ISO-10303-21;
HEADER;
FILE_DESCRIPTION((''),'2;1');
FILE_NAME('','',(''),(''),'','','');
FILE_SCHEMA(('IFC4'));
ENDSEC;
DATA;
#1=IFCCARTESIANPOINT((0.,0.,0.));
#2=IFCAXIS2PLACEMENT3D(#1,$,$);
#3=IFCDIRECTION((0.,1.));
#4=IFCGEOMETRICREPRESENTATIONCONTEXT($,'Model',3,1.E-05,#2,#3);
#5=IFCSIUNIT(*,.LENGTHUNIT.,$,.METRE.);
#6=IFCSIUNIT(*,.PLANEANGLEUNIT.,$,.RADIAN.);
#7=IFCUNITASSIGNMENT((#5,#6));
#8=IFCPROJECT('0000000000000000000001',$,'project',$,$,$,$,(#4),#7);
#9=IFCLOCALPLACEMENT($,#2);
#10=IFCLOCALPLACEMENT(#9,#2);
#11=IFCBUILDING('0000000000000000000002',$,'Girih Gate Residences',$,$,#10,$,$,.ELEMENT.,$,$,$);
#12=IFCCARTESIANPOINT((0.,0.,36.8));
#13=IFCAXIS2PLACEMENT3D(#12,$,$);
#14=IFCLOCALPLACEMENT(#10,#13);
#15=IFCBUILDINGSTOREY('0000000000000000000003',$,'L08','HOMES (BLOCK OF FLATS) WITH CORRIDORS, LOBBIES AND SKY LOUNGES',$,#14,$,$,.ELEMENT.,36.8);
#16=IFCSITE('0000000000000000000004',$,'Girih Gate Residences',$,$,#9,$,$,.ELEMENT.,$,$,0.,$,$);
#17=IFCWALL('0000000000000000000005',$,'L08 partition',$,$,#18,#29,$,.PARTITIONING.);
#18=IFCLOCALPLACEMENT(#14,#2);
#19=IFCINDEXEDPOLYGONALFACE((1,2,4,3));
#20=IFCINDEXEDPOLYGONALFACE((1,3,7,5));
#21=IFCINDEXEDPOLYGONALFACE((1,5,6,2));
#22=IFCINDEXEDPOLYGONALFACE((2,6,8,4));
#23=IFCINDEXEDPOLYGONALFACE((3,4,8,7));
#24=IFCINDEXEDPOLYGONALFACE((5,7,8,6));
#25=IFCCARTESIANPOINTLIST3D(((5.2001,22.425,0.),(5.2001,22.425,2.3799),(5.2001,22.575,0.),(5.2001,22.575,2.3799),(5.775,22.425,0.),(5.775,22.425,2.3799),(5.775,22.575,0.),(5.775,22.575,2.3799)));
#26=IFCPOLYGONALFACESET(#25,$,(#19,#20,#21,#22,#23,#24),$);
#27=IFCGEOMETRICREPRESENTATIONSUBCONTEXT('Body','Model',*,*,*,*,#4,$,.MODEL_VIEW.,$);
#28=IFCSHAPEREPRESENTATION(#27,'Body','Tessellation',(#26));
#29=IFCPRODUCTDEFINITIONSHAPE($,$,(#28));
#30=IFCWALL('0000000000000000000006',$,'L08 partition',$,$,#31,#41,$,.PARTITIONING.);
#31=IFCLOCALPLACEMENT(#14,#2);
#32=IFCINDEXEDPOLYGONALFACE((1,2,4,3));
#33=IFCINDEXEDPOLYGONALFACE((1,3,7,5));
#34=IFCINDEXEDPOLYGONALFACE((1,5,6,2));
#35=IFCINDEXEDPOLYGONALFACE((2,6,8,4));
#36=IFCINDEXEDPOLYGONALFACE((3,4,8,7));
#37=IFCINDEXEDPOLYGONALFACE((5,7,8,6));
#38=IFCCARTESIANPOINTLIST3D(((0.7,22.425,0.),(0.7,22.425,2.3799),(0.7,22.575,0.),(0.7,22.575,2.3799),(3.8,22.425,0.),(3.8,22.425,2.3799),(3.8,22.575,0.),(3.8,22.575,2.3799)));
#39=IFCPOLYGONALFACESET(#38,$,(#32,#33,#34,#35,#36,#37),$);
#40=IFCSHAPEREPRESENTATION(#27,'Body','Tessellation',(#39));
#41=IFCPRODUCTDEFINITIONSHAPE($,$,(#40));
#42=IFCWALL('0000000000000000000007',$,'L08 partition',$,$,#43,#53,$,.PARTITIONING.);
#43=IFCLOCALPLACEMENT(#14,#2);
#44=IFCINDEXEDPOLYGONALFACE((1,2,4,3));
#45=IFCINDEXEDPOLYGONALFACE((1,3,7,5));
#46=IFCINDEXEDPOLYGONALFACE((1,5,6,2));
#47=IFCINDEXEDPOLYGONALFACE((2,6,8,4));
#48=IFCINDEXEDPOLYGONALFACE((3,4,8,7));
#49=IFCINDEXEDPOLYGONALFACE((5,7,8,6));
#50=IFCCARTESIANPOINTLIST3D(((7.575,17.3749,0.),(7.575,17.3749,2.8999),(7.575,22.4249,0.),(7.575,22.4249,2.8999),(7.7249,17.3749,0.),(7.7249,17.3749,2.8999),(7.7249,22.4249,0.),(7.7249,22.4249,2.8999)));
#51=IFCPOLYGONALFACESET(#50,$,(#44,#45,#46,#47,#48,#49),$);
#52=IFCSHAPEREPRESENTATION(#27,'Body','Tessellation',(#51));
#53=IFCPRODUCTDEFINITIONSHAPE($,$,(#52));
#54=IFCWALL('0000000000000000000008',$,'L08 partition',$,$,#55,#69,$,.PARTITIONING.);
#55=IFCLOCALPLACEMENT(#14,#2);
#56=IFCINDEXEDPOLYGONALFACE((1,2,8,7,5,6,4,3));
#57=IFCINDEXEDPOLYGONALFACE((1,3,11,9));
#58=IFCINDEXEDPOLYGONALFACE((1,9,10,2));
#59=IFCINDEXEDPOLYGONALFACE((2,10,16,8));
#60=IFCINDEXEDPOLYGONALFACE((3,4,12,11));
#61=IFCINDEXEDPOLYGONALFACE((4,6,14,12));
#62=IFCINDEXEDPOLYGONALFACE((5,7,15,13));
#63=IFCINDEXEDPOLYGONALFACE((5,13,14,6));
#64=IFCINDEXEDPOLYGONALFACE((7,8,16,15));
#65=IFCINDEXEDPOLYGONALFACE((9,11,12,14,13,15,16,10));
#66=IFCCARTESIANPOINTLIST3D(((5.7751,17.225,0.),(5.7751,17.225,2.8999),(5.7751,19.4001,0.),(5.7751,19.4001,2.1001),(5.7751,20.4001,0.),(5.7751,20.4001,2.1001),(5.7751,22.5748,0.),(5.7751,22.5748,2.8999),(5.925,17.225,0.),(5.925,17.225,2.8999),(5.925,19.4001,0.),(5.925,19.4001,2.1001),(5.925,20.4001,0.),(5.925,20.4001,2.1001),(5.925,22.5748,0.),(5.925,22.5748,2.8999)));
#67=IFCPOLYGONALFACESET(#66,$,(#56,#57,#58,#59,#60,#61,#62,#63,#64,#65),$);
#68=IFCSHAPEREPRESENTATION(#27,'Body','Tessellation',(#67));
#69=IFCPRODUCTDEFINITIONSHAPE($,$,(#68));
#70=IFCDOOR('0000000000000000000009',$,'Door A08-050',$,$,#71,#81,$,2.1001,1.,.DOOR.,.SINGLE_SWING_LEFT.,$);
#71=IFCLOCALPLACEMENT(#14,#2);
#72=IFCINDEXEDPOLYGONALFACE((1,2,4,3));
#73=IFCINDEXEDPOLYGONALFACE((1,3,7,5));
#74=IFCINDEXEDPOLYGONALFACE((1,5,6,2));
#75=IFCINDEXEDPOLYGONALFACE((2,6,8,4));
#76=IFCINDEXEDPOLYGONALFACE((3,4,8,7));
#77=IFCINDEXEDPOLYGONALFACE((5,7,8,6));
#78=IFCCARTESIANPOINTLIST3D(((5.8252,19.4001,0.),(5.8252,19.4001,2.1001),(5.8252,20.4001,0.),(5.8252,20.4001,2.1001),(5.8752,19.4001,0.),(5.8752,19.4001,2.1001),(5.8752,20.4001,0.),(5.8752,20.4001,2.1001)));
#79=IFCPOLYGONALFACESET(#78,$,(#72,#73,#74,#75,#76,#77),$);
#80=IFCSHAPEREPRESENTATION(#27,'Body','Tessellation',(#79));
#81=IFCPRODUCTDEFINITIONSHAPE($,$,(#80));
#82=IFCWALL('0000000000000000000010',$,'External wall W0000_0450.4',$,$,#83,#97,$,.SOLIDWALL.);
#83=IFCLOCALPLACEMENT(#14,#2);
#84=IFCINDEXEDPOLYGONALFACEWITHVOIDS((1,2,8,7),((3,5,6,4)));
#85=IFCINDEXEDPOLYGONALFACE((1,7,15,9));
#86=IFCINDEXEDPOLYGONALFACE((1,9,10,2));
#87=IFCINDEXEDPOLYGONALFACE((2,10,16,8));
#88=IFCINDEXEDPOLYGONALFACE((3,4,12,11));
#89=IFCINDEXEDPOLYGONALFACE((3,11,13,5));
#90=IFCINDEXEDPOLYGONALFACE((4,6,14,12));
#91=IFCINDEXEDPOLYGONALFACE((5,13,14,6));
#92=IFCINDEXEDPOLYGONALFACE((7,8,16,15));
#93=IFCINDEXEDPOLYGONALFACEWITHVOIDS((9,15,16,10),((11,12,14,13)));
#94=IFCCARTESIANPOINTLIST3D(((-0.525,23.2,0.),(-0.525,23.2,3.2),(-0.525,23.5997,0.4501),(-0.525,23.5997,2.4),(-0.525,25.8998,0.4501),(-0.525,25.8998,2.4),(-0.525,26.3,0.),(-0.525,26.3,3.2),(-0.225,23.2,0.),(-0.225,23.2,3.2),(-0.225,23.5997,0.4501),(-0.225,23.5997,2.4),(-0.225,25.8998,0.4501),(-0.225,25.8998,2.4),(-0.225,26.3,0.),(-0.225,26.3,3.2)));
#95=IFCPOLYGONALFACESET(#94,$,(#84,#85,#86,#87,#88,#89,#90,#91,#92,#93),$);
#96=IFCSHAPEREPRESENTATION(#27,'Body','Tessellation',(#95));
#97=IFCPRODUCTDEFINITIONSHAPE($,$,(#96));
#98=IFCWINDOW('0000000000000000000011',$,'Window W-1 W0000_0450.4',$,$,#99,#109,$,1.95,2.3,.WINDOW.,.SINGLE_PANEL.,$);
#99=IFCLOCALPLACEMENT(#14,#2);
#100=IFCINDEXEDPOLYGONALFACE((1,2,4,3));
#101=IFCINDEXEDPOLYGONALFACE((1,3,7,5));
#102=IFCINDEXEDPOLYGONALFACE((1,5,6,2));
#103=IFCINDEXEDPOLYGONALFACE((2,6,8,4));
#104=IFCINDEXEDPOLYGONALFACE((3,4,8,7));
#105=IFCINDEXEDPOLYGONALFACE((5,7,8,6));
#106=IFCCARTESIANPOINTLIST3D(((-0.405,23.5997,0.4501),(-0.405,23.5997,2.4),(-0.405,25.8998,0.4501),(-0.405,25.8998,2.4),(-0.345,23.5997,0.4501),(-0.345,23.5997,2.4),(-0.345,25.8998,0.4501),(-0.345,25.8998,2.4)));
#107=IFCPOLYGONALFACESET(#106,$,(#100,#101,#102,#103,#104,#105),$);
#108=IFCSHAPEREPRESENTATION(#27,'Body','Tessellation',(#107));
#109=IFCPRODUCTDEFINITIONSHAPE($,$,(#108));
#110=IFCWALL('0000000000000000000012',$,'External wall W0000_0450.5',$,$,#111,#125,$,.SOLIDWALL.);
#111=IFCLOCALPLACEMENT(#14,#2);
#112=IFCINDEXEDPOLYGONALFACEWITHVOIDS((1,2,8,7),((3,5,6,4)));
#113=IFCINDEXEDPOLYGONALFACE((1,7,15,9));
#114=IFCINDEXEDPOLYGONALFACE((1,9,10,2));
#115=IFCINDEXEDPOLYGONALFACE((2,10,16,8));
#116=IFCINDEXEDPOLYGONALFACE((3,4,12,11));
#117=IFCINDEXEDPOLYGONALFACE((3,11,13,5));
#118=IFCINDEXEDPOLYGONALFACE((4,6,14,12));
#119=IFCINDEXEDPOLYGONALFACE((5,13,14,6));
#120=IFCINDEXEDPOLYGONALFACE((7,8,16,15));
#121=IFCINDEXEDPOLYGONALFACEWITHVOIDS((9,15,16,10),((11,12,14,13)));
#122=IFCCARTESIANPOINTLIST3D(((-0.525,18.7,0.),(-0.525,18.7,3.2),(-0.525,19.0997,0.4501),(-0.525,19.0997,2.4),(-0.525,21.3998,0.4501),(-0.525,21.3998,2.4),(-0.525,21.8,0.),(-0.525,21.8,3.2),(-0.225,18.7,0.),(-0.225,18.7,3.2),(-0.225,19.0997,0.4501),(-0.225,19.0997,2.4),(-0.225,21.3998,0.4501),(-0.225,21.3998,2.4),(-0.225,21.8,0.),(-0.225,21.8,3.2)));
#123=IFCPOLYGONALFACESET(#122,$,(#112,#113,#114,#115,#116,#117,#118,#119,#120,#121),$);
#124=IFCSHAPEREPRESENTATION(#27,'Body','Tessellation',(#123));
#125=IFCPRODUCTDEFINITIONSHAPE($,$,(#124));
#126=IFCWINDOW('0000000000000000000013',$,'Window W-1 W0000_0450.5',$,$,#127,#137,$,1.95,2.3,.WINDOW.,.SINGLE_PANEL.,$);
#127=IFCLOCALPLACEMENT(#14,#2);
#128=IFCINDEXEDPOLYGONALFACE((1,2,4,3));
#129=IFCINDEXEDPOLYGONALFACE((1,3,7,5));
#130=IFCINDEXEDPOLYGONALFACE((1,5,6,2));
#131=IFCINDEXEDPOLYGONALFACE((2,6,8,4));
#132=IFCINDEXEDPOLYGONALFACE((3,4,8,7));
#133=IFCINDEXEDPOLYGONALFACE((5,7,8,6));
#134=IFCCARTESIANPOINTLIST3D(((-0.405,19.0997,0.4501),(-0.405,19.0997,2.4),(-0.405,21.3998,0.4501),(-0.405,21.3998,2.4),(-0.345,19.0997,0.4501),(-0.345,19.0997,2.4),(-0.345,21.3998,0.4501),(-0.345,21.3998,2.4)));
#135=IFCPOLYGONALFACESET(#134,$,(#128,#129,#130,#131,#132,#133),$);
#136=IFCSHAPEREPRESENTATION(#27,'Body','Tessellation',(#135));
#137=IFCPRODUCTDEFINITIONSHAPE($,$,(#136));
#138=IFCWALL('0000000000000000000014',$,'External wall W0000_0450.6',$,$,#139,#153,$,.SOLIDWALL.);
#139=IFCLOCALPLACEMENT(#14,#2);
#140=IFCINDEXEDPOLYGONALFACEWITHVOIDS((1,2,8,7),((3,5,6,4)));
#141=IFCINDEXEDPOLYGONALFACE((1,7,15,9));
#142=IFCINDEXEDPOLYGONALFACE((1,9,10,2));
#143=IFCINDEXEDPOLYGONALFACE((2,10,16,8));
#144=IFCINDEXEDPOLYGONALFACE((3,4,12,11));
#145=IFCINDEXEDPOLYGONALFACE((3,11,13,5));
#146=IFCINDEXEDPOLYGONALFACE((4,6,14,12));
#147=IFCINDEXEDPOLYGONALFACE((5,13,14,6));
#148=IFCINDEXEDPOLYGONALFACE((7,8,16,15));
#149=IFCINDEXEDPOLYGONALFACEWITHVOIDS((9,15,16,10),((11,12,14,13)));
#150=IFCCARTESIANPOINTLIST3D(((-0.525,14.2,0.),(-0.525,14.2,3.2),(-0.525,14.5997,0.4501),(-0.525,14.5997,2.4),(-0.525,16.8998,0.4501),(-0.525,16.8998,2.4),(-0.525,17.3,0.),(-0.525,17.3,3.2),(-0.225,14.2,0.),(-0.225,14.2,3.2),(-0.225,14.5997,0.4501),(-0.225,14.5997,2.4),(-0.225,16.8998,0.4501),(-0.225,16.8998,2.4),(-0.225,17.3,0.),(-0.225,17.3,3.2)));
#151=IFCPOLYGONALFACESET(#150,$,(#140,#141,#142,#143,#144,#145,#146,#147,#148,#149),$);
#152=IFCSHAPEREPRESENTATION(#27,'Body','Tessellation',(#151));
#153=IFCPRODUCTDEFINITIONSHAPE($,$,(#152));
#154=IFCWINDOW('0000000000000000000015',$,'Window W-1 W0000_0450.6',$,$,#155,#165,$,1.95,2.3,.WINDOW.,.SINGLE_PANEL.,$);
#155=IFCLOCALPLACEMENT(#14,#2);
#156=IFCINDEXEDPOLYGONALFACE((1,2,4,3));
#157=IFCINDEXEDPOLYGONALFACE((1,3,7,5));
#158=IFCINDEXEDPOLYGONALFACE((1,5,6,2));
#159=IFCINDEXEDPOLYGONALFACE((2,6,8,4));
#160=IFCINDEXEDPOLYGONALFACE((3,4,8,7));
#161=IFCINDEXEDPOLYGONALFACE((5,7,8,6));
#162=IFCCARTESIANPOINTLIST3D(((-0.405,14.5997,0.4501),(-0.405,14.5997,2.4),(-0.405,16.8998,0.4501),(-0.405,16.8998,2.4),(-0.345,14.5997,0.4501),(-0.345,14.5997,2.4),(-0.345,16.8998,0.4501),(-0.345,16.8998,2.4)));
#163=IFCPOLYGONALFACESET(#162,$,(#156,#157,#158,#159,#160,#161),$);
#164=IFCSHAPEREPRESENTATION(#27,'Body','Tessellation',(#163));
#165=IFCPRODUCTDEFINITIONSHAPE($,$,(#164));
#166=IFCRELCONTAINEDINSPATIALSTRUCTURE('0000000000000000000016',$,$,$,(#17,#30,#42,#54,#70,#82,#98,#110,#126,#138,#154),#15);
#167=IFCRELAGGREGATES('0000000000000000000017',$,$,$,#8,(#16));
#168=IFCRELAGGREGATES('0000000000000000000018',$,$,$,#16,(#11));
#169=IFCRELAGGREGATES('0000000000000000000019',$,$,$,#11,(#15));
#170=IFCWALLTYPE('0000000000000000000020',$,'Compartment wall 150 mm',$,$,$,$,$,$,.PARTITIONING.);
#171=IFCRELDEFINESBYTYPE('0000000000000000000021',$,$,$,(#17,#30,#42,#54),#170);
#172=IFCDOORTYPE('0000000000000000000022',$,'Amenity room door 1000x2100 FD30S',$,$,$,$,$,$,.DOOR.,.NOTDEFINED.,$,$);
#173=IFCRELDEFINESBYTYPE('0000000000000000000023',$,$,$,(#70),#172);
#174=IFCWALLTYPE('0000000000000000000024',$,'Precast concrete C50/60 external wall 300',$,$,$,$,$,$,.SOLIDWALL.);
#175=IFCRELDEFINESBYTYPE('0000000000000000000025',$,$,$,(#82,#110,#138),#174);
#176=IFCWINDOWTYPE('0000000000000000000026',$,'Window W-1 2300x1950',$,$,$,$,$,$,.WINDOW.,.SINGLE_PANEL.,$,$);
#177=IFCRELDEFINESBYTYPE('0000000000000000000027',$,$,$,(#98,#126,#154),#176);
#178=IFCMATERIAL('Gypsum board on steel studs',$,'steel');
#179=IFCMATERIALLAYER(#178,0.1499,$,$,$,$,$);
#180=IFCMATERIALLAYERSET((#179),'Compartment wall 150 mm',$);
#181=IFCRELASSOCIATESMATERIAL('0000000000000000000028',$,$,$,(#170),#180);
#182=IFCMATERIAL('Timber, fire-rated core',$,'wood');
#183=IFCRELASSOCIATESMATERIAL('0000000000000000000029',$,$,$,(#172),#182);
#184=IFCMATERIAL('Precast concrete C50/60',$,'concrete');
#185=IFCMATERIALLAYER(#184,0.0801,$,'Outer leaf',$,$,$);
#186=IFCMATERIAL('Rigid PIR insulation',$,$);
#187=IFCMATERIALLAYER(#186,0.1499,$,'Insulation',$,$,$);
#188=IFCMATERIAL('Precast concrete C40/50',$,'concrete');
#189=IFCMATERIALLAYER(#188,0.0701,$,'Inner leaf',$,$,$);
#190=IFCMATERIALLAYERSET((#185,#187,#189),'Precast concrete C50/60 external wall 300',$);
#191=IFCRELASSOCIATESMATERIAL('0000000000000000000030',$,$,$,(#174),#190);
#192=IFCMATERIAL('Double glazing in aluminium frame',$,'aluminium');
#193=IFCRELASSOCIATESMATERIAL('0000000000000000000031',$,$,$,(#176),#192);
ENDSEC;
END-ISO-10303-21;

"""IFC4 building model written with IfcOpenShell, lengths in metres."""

from ifc_helpers import new_model, si_unit, direction, frame, frame_2d, origin, place, context, subcontext, project, spatial, rectangle, extrude, material, layer, layer_set, type_object, element, fill, save


model = new_model("IFC4")

# Units and contexts
model_context = context("Model", 3, precision=1e-05, world=origin(), true_north=direction((0.0, 1.0)))
body_context = subcontext(model_context, "Body", "Model", "MODEL_VIEW")
ifc_project = project(units=[si_unit("LENGTHUNIT", "METRE"), si_unit("PLANEANGLEUNIT", "RADIAN")], contexts=[model_context])

# Site, building, storey
site_placement = place(None, origin())
site = spatial("IfcSite", under=ifc_project, at=site_placement, Name="Girih Gate Residences", CompositionType="ELEMENT", RefElevation=0.0)
building_placement = place(site_placement, origin())
building = spatial("IfcBuilding", under=site, at=building_placement, Name="Girih Gate Residences", CompositionType="ELEMENT")
storey_placement = place(building_placement, frame((0.0, 0.0, 36.8)))
storey = spatial("IfcBuildingStorey", under=building, at=storey_placement, Name="L08", Description="HOMES (BLOCK OF FLATS) WITH CORRIDORS, LOBBIES AND SKY LOUNGES", CompositionType="ELEMENT", Elevation=36.8)

# Shared definitions
ifc_material_1 = material(Name="Gypsum board on steel studs", Category="steel")
ifc_layer_1 = layer(ifc_material_1, 0.1499)
ifc_layer_set_1 = layer_set([ifc_layer_1], Name="Compartment wall 150 mm")
wall_type_1 = type_object("IfcWallType", Name="Compartment wall 150 mm", PredefinedType="PARTITIONING", material=ifc_layer_set_1)

# Walls
wall_1_placement = place(storey_placement, frame((5.2, 22.5, 0.0), z_axis=(0.0, 0.0, 1.0), x_axis=(1.0, 0.0, 0.0)))
element("IfcWall", 1, at=wall_1_placement, inside=storey, type_object=wall_type_1, Name="L08 partition", PredefinedType="PARTITIONING", context=body_context, shape_type="SweptSolid", body=[
    extrude(rectangle(XDim=0.575, YDim=0.1499, at=frame_2d((0.2876, 0.0))), origin(), (0.0, 0.0, 1.0), 2.3799),
])
wall_2_placement = place(storey_placement, frame((0.7, 22.5, 0.0), z_axis=(0.0, 0.0, 1.0), x_axis=(1.0, 0.0, 0.0)))
element("IfcWall", 2, at=wall_2_placement, inside=storey, type_object=wall_type_1, Name="L08 partition", PredefinedType="PARTITIONING", context=body_context, shape_type="SweptSolid", body=[
    extrude(rectangle(XDim=3.1001, YDim=0.1499, at=frame_2d((1.55, 0.0))), origin(), (0.0, 0.0, 1.0), 2.3799),
])
wall_3_placement = place(storey_placement, frame((7.6499, 17.375, 0.0), z_axis=(0.0, 0.0, 1.0), x_axis=(0.0, 1.0, 0.0)))
element("IfcWall", 3, at=wall_3_placement, inside=storey, type_object=wall_type_1, Name="L08 partition", PredefinedType="PARTITIONING", context=body_context, shape_type="SweptSolid", body=[
    extrude(rectangle(XDim=5.05, YDim=0.1499, at=frame_2d((2.5249, 0.0))), origin(), (0.0, 0.0, 1.0), 2.8999),
])

# Wall, opening, door
wall_4_placement = place(storey_placement, frame((5.8501, 17.2251, 0.0), z_axis=(0.0, 0.0, 1.0), x_axis=(0.0, 1.0, 0.0)))
wall_4 = element("IfcWall", 4, at=wall_4_placement, inside=storey, type_object=wall_type_1, Name="L08 partition", PredefinedType="PARTITIONING", context=body_context, shape_type="SweptSolid", body=[
    extrude(rectangle(XDim=5.3499, YDim=0.1499, at=frame_2d((2.6748, 0.0))), origin(), (0.0, 0.0, 1.0), 2.8999),
])
opening_1_placement = place(wall_4_placement, frame((2.175, 0.0, 0.0)))
opening_1 = element("IfcOpeningElement", 5, at=opening_1_placement, cuts=wall_4, PredefinedType="OPENING", context=body_context, shape_type="SweptSolid", body=[
    extrude(rectangle(XDim=1.0, YDim=2.1001, at=frame_2d((0.5, 1.05))), frame((0.0, 0.085, 0.0), z_axis=(0.0, -1.0, 0.0), x_axis=(1.0, 0.0, 0.0)), (0.0, 0.0, 1.0), 0.1699),
])
ifc_material_2 = material(Name="Timber, fire-rated core", Category="wood")
door_type_1 = type_object("IfcDoorType", Name="Amenity room door 1000x2100 FD30S", OperationType="NOTDEFINED", PredefinedType="DOOR", material=ifc_material_2)
door_1_placement = place(opening_1_placement, origin())
door_1 = element("IfcDoor", 6, at=door_1_placement, inside=storey, type_object=door_type_1, Name="Door A08-050", OperationType="SINGLE_SWING_LEFT", OverallHeight=2.1001, OverallWidth=1.0, PredefinedType="DOOR", context=body_context, shape_type="SweptSolid", body=[
    extrude(rectangle(XDim=1.0, YDim=2.1001, at=frame_2d((0.5, 1.05))), frame((0.0, 0.0249, 0.0), z_axis=(0.0, -1.0, 0.0), x_axis=(1.0, 0.0, 0.0)), (0.0, 0.0, 1.0), 0.05),
])
fill(opening_1, door_1)

# Walls, openings, windows
ifc_material_3 = material(Name="Precast concrete C50/60", Category="concrete")
ifc_layer_2 = layer(ifc_material_3, 0.0801, Name="Outer leaf")
ifc_material_4 = material(Name="Rigid PIR insulation")
ifc_layer_3 = layer(ifc_material_4, 0.1499, Name="Insulation")
ifc_material_5 = material(Name="Precast concrete C40/50", Category="concrete")
ifc_layer_4 = layer(ifc_material_5, 0.0701, Name="Inner leaf")
ifc_layer_set_2 = layer_set([ifc_layer_2, ifc_layer_3, ifc_layer_4], Name="Precast concrete C50/60 external wall 300")
wall_type_2 = type_object("IfcWallType", Name="Precast concrete C50/60 external wall 300", PredefinedType="SOLIDWALL", material=ifc_layer_set_2)
wall_5_placement = place(storey_placement, frame((-0.375, 23.2, 0.0), z_axis=(0.0, 0.0, 1.0), x_axis=(0.0, 1.0, 0.0)))
wall_5 = element("IfcWall", 7, at=wall_5_placement, inside=storey, type_object=wall_type_2, Name="External wall W0000_0450.4", PredefinedType="SOLIDWALL", context=body_context, shape_type="SweptSolid", body=[
    extrude(rectangle(XDim=3.1001, YDim=0.3, at=frame_2d((1.55, 0.0))), origin(), (0.0, 0.0, 1.0), 3.2),
])
opening_2_placement = place(wall_5_placement, frame((0.3999, 0.0, 0.45)))
opening_2 = element("IfcOpeningElement", 8, at=opening_2_placement, cuts=wall_5, PredefinedType="OPENING", context=body_context, shape_type="SweptSolid", body=[
    extrude(rectangle(XDim=2.3, YDim=1.95, at=frame_2d((1.1499, 0.9751))), frame((0.0, 0.1599, 0.0), z_axis=(0.0, -1.0, 0.0), x_axis=(1.0, 0.0, 0.0)), (0.0, 0.0, 1.0), 0.3201),
])
ifc_material_6 = material(Name="Double glazing in aluminium frame", Category="aluminium")
window_type = type_object("IfcWindowType", Name="Window W-1 2300x1950", PartitioningType="SINGLE_PANEL", PredefinedType="WINDOW", material=ifc_material_6)
window_1_placement = place(opening_2_placement, origin())
window_1 = element("IfcWindow", 9, at=window_1_placement, inside=storey, type_object=window_type, Name="Window W-1 W0000_0450.4", OverallHeight=1.95, OverallWidth=2.3, PartitioningType="SINGLE_PANEL", PredefinedType="WINDOW", context=body_context, shape_type="SweptSolid", body=[
    extrude(rectangle(XDim=2.3, YDim=1.95, at=frame_2d((1.1499, 0.9751))), frame((0.0, 0.03, 0.0), z_axis=(0.0, -1.0, 0.0), x_axis=(1.0, 0.0, 0.0)), (0.0, 0.0, 1.0), 0.0601),
])
fill(opening_2, window_1)
wall_6_placement = place(storey_placement, frame((-0.375, 18.7, 0.0), z_axis=(0.0, 0.0, 1.0), x_axis=(0.0, 1.0, 0.0)))
wall_6 = element("IfcWall", 10, at=wall_6_placement, inside=storey, type_object=wall_type_2, Name="External wall W0000_0450.5", PredefinedType="SOLIDWALL", context=body_context, shape_type="SweptSolid", body=[
    extrude(rectangle(XDim=3.1001, YDim=0.3, at=frame_2d((1.55, 0.0))), origin(), (0.0, 0.0, 1.0), 3.2),
])
opening_3_placement = place(wall_6_placement, frame((0.3999, 0.0, 0.45)))
opening_3 = element("IfcOpeningElement", 11, at=opening_3_placement, cuts=wall_6, PredefinedType="OPENING", context=body_context, shape_type="SweptSolid", body=[
    extrude(rectangle(XDim=2.3, YDim=1.95, at=frame_2d((1.1499, 0.9751))), frame((0.0, 0.1599, 0.0), z_axis=(0.0, -1.0, 0.0), x_axis=(1.0, 0.0, 0.0)), (0.0, 0.0, 1.0), 0.3201),
])
window_2_placement = place(opening_3_placement, origin())
window_2 = element("IfcWindow", 12, at=window_2_placement, inside=storey, type_object=window_type, Name="Window W-1 W0000_0450.5", OverallHeight=1.95, OverallWidth=2.3, PartitioningType="SINGLE_PANEL", PredefinedType="WINDOW", context=body_context, shape_type="SweptSolid", body=[
    extrude(rectangle(XDim=2.3, YDim=1.95, at=frame_2d((1.1499, 0.9751))), frame((0.0, 0.03, 0.0), z_axis=(0.0, -1.0, 0.0), x_axis=(1.0, 0.0, 0.0)), (0.0, 0.0, 1.0), 0.0601),
])
fill(opening_3, window_2)
wall_7_placement = place(storey_placement, frame((-0.375, 14.2, 0.0), z_axis=(0.0, 0.0, 1.0), x_axis=(0.0, 1.0, 0.0)))
wall_7 = element("IfcWall", 13, at=wall_7_placement, inside=storey, type_object=wall_type_2, Name="External wall W0000_0450.6", PredefinedType="SOLIDWALL", context=body_context, shape_type="SweptSolid", body=[
    extrude(rectangle(XDim=3.1001, YDim=0.3, at=frame_2d((1.55, 0.0))), origin(), (0.0, 0.0, 1.0), 3.2),
])
opening_4_placement = place(wall_7_placement, frame((0.3999, 0.0, 0.45)))
opening_4 = element("IfcOpeningElement", 14, at=opening_4_placement, cuts=wall_7, PredefinedType="OPENING", context=body_context, shape_type="SweptSolid", body=[
    extrude(rectangle(XDim=2.3, YDim=1.95, at=frame_2d((1.1499, 0.9751))), frame((0.0, 0.1599, 0.0), z_axis=(0.0, -1.0, 0.0), x_axis=(1.0, 0.0, 0.0)), (0.0, 0.0, 1.0), 0.3201),
])
window_3_placement = place(opening_4_placement, origin())
window_3 = element("IfcWindow", 15, at=window_3_placement, inside=storey, type_object=window_type, Name="Window W-1 W0000_0450.6", OverallHeight=1.95, OverallWidth=2.3, PartitioningType="SINGLE_PANEL", PredefinedType="WINDOW", context=body_context, shape_type="SweptSolid", body=[
    extrude(rectangle(XDim=2.3, YDim=1.95, at=frame_2d((1.1499, 0.9751))), frame((0.0, 0.03, 0.0), z_axis=(0.0, -1.0, 0.0), x_axis=(1.0, 0.0, 0.0)), (0.0, 0.0, 1.0), 0.0601),
])
fill(opening_4, window_3)

save(model, "model.ifc")
